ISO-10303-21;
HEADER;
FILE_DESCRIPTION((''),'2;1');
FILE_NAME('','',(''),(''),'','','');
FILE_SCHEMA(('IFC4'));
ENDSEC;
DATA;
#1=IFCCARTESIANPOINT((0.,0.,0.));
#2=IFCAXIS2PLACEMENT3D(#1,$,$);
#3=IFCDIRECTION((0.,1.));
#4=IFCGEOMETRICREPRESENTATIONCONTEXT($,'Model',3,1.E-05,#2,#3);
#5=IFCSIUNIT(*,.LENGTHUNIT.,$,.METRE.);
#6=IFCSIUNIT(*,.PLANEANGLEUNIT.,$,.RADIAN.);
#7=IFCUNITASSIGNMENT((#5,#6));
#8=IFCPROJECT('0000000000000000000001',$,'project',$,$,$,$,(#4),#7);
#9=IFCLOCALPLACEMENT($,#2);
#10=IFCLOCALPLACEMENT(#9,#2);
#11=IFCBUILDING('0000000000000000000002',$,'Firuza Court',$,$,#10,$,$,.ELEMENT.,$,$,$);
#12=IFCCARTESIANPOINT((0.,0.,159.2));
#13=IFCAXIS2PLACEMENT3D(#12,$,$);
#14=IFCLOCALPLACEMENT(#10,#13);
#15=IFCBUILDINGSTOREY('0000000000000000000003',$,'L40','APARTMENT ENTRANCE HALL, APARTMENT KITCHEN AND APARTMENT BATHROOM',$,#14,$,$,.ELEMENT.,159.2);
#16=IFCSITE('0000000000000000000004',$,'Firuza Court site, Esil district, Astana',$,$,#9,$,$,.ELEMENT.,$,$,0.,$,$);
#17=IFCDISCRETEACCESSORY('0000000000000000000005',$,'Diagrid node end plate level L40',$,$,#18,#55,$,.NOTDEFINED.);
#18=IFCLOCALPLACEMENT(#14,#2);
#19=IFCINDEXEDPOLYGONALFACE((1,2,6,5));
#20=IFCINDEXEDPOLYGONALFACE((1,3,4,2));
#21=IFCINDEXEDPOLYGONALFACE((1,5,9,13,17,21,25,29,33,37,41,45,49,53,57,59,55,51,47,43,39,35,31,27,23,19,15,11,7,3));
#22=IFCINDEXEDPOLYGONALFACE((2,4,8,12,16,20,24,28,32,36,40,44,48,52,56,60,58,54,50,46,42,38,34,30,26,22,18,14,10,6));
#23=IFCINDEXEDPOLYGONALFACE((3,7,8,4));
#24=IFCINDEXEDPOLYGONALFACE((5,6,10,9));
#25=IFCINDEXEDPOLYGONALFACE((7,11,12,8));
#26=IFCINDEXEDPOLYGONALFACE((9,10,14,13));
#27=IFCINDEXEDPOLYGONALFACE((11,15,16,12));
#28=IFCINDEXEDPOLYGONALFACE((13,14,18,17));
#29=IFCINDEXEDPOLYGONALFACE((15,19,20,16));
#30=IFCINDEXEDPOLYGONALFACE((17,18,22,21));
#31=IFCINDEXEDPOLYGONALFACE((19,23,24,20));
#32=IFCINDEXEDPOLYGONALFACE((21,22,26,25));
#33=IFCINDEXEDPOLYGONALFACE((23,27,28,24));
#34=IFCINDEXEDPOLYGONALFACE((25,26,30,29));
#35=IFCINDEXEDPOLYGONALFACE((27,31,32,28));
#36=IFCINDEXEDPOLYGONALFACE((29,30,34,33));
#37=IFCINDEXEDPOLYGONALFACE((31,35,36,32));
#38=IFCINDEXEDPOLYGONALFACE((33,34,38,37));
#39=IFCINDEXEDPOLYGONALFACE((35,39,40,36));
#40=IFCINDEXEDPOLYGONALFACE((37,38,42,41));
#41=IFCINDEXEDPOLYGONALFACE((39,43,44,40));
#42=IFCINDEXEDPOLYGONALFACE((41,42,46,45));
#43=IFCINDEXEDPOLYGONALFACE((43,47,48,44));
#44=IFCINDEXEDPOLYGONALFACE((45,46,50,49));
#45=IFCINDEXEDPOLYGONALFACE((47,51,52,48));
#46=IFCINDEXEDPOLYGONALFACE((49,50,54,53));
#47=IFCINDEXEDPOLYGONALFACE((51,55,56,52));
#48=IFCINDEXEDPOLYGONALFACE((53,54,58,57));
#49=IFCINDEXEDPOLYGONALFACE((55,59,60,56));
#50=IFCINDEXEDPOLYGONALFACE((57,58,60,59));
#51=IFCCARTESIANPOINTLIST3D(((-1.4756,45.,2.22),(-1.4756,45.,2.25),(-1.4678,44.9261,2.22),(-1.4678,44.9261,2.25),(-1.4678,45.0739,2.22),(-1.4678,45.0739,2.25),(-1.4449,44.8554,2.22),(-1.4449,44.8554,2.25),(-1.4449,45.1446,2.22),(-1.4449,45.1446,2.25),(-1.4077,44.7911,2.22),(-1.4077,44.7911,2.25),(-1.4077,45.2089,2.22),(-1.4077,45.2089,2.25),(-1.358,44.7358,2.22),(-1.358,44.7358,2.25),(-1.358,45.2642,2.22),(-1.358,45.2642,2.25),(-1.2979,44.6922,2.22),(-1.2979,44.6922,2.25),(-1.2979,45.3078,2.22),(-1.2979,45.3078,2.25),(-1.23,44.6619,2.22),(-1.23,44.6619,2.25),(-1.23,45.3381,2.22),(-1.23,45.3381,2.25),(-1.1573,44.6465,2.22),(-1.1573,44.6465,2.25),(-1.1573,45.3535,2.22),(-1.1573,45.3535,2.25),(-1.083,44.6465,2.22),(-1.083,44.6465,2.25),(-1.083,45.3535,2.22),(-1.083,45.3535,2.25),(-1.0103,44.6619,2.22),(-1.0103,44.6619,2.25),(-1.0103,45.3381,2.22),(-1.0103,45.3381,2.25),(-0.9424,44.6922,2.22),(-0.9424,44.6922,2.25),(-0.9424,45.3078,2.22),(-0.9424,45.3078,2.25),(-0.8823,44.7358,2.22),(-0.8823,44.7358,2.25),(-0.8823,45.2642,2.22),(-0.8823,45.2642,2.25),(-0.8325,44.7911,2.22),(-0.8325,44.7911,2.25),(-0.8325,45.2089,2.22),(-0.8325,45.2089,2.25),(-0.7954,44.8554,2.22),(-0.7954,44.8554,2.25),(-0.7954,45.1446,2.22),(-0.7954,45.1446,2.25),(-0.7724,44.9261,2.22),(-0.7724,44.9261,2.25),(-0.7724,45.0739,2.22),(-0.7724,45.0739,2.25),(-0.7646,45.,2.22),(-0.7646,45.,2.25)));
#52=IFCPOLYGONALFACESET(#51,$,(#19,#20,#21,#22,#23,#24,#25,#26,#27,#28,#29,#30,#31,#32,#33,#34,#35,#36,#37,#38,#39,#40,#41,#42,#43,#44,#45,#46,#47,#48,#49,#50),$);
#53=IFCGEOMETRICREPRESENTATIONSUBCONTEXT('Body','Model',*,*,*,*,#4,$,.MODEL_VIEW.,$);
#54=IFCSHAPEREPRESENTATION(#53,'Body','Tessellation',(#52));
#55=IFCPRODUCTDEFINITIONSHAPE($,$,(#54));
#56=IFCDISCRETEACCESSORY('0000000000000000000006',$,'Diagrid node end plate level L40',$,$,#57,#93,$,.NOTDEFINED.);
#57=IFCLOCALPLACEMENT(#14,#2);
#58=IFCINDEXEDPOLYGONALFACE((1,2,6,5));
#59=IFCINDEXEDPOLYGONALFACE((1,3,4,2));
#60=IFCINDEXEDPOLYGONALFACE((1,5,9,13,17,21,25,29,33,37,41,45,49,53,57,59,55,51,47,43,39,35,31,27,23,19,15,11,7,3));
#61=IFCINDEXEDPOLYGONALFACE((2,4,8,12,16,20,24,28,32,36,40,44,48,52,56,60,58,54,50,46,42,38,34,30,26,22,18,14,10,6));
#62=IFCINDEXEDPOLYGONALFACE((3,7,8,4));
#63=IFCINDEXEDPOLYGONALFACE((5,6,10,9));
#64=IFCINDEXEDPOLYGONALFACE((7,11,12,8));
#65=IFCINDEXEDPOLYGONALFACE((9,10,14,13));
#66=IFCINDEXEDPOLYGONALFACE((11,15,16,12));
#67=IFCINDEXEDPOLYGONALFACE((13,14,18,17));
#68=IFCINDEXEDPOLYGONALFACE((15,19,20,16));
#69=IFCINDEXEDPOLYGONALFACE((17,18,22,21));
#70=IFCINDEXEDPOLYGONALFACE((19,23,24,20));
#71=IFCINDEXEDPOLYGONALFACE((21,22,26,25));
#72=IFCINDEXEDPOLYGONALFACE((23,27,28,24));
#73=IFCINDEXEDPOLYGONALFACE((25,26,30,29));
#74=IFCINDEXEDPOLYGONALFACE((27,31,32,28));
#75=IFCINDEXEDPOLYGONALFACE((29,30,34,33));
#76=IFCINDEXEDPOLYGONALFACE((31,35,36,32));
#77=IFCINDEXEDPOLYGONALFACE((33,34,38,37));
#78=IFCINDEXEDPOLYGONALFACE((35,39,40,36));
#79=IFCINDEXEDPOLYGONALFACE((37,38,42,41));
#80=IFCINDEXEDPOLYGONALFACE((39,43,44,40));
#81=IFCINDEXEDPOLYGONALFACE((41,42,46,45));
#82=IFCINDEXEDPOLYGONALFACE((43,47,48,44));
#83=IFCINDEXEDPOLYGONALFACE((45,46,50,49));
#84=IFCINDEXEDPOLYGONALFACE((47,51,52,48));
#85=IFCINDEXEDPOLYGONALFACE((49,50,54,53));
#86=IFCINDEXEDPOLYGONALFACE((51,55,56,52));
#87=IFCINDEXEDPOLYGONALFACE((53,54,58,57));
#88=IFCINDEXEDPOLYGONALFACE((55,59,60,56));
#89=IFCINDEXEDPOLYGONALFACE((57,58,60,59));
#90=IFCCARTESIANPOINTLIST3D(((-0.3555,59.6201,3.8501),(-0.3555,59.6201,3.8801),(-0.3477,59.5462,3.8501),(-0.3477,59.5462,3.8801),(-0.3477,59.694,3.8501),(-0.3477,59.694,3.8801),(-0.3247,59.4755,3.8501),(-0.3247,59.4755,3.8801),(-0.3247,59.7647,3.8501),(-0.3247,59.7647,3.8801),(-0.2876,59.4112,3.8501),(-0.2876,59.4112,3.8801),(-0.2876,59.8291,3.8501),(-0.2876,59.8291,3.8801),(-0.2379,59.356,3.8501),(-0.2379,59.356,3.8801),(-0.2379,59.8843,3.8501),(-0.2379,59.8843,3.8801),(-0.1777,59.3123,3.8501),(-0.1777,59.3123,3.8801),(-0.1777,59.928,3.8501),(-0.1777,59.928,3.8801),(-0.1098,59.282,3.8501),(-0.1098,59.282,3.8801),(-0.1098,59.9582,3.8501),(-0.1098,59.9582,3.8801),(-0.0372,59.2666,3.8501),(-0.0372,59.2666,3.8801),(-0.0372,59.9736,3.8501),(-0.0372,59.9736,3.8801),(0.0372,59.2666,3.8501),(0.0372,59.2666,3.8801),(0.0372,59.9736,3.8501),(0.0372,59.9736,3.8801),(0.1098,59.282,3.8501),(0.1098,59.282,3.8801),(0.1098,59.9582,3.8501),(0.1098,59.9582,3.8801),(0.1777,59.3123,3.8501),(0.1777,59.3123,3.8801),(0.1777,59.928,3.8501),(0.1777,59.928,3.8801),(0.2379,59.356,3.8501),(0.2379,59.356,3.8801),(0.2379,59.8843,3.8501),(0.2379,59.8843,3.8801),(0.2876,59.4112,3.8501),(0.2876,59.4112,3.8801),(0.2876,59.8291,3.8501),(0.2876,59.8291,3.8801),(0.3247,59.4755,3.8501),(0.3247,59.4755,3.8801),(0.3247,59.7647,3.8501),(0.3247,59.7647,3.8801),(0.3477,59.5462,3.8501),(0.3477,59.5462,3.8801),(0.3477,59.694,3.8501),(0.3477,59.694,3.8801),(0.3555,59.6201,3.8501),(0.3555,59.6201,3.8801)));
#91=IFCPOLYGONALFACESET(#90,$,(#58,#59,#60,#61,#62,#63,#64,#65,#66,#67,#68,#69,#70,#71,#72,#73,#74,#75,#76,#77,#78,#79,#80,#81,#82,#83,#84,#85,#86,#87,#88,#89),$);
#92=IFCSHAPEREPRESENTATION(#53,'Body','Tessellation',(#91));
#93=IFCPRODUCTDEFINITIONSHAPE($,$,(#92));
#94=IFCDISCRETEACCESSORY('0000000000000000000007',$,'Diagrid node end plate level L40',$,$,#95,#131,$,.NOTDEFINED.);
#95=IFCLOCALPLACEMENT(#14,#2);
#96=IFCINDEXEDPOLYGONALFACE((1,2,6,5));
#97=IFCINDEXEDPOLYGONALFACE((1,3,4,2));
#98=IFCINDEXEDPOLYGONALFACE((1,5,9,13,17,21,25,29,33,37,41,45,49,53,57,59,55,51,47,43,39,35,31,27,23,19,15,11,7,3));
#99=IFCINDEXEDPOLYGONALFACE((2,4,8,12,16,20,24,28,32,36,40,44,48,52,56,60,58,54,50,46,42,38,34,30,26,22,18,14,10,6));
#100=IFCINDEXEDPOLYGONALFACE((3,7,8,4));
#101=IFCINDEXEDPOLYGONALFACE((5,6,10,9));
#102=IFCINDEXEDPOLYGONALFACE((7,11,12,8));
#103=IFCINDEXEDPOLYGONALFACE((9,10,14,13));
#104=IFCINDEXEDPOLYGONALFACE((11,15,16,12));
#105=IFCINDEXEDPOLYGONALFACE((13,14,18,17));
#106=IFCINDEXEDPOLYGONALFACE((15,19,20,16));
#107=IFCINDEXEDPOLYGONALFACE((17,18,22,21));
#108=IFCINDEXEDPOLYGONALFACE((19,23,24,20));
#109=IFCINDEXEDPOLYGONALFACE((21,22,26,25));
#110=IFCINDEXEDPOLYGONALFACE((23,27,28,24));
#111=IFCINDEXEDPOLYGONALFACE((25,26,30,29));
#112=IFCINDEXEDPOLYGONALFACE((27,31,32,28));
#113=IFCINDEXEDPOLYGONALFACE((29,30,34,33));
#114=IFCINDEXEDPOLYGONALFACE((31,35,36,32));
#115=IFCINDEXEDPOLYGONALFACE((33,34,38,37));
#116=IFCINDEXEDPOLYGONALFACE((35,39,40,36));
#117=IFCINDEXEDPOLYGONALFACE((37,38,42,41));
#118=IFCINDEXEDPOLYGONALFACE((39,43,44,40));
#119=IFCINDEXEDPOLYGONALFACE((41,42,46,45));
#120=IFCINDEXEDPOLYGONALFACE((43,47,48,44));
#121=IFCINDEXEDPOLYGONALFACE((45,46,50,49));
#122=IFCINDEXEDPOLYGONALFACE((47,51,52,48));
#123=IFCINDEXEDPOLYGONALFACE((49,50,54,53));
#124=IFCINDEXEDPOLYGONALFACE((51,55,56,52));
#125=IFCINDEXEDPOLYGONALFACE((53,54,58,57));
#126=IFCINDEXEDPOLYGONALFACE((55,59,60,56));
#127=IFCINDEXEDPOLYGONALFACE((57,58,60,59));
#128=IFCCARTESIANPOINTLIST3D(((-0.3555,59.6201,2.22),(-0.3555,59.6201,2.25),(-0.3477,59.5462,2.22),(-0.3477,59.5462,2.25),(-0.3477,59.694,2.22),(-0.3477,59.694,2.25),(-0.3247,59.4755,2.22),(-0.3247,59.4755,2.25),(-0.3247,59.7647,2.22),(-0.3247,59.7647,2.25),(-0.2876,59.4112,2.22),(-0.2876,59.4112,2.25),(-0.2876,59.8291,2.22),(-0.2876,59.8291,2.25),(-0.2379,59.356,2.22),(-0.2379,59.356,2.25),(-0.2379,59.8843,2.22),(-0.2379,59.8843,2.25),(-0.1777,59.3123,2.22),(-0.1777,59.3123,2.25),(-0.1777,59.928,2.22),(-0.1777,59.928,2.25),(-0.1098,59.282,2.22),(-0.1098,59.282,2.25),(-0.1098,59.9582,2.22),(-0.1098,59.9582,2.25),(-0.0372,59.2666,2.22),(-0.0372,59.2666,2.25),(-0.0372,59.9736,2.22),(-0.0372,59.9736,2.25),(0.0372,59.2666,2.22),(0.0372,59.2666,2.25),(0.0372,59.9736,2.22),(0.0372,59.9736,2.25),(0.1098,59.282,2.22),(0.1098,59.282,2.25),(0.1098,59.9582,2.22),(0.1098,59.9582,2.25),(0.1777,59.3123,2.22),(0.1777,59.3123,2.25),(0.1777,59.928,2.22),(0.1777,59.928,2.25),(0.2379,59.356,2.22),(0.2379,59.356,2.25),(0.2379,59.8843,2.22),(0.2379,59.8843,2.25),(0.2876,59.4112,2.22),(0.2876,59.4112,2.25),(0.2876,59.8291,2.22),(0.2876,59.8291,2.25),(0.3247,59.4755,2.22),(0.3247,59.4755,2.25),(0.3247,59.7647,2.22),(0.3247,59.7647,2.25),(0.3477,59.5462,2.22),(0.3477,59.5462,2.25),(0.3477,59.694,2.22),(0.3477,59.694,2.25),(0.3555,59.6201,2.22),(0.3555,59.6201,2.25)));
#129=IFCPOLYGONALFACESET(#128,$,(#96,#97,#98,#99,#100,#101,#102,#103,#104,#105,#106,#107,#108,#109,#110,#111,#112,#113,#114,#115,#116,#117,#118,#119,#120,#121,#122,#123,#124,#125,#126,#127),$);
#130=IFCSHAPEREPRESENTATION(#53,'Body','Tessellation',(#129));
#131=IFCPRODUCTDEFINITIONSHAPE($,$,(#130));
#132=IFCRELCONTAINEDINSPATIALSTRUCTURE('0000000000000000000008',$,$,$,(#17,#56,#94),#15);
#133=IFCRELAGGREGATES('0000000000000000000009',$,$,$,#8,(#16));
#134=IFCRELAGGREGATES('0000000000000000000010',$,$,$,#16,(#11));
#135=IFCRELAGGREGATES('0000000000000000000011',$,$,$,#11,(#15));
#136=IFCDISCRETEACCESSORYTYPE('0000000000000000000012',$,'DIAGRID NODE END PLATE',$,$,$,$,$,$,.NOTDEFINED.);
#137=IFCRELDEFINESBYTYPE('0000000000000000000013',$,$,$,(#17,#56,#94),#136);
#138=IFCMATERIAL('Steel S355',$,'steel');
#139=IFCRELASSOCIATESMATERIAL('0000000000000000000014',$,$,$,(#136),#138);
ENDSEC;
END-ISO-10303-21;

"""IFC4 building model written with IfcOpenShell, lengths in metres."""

from ifc_helpers import new_model, si_unit, direction, frame, origin, origin_2d, place, context, subcontext, project, spatial, circle, extrude, material, material_profile, profile_set, type_object, element, save


model = new_model("IFC4")

# Units and contexts
model_context = context("Model", 3, precision=1e-05, world=origin(), true_north=direction((0.0, 1.0)))
body_context = subcontext(model_context, "Body", "Model", "MODEL_VIEW")
ifc_project = project(units=[si_unit("LENGTHUNIT", "METRE"), si_unit("PLANEANGLEUNIT", "RADIAN")], contexts=[model_context])

# Site, building, storey
site_placement = place(None, origin())
site = spatial("IfcSite", under=ifc_project, at=site_placement, Name="Firuza Court site, Esil district, Astana", CompositionType="ELEMENT", RefElevation=0.0)
building_placement = place(site_placement, origin())
building = spatial("IfcBuilding", under=site, at=building_placement, Name="Firuza Court", CompositionType="ELEMENT")
storey_placement = place(building_placement, frame((0.0, 0.0, 159.2)))
storey = spatial("IfcBuildingStorey", under=building, at=storey_placement, Name="L40", Description="APARTMENT ENTRANCE HALL, APARTMENT KITCHEN AND APARTMENT BATHROOM", CompositionType="ELEMENT", Elevation=159.2)

# Discrete accessories
ifc_material_1 = material(Name="Steel S355", Category="steel")
ifc_material_profile_1 = material_profile(ifc_material_1, circle(Radius=0.3555, at=origin_2d()), Name="PL D711")
ifc_profile_set_1 = profile_set([ifc_material_profile_1], Name="Steel S355")
discrete_accessory_type = type_object("IfcDiscreteAccessoryType", Name="DIAGRID NODE END PLATE", PredefinedType="NOTDEFINED", material=ifc_profile_set_1)
for number, where, z_axis, x_axis, name in (
    (1, (-1.1201, 45.0, 2.22), (0.0, 0.0, 1.0), (1.0, 0.0, 0.0), "Diagrid node end plate level L40"),
    (2, (0.0, 59.6201, 3.8501), (0.0, 0.0, 1.0), (1.0, 0.0, 0.0), "Diagrid node end plate level L40"),
    (3, (0.0, 59.6201, 2.22), (0.0, 0.0, 1.0), (1.0, 0.0, 0.0), "Diagrid node end plate level L40"),
):
    element("IfcDiscreteAccessory", number, at=place(storey_placement, frame(where, z_axis=z_axis, x_axis=x_axis)), inside=storey, type_object=discrete_accessory_type, Name=name, PredefinedType="NOTDEFINED", context=body_context, shape_type="SweptSolid", body=[
        extrude(circle(Radius=0.3555, at=origin_2d()), origin(), (0.0, 0.0, 1.0), 0.03),
    ])

save(model, "model.ifc")
